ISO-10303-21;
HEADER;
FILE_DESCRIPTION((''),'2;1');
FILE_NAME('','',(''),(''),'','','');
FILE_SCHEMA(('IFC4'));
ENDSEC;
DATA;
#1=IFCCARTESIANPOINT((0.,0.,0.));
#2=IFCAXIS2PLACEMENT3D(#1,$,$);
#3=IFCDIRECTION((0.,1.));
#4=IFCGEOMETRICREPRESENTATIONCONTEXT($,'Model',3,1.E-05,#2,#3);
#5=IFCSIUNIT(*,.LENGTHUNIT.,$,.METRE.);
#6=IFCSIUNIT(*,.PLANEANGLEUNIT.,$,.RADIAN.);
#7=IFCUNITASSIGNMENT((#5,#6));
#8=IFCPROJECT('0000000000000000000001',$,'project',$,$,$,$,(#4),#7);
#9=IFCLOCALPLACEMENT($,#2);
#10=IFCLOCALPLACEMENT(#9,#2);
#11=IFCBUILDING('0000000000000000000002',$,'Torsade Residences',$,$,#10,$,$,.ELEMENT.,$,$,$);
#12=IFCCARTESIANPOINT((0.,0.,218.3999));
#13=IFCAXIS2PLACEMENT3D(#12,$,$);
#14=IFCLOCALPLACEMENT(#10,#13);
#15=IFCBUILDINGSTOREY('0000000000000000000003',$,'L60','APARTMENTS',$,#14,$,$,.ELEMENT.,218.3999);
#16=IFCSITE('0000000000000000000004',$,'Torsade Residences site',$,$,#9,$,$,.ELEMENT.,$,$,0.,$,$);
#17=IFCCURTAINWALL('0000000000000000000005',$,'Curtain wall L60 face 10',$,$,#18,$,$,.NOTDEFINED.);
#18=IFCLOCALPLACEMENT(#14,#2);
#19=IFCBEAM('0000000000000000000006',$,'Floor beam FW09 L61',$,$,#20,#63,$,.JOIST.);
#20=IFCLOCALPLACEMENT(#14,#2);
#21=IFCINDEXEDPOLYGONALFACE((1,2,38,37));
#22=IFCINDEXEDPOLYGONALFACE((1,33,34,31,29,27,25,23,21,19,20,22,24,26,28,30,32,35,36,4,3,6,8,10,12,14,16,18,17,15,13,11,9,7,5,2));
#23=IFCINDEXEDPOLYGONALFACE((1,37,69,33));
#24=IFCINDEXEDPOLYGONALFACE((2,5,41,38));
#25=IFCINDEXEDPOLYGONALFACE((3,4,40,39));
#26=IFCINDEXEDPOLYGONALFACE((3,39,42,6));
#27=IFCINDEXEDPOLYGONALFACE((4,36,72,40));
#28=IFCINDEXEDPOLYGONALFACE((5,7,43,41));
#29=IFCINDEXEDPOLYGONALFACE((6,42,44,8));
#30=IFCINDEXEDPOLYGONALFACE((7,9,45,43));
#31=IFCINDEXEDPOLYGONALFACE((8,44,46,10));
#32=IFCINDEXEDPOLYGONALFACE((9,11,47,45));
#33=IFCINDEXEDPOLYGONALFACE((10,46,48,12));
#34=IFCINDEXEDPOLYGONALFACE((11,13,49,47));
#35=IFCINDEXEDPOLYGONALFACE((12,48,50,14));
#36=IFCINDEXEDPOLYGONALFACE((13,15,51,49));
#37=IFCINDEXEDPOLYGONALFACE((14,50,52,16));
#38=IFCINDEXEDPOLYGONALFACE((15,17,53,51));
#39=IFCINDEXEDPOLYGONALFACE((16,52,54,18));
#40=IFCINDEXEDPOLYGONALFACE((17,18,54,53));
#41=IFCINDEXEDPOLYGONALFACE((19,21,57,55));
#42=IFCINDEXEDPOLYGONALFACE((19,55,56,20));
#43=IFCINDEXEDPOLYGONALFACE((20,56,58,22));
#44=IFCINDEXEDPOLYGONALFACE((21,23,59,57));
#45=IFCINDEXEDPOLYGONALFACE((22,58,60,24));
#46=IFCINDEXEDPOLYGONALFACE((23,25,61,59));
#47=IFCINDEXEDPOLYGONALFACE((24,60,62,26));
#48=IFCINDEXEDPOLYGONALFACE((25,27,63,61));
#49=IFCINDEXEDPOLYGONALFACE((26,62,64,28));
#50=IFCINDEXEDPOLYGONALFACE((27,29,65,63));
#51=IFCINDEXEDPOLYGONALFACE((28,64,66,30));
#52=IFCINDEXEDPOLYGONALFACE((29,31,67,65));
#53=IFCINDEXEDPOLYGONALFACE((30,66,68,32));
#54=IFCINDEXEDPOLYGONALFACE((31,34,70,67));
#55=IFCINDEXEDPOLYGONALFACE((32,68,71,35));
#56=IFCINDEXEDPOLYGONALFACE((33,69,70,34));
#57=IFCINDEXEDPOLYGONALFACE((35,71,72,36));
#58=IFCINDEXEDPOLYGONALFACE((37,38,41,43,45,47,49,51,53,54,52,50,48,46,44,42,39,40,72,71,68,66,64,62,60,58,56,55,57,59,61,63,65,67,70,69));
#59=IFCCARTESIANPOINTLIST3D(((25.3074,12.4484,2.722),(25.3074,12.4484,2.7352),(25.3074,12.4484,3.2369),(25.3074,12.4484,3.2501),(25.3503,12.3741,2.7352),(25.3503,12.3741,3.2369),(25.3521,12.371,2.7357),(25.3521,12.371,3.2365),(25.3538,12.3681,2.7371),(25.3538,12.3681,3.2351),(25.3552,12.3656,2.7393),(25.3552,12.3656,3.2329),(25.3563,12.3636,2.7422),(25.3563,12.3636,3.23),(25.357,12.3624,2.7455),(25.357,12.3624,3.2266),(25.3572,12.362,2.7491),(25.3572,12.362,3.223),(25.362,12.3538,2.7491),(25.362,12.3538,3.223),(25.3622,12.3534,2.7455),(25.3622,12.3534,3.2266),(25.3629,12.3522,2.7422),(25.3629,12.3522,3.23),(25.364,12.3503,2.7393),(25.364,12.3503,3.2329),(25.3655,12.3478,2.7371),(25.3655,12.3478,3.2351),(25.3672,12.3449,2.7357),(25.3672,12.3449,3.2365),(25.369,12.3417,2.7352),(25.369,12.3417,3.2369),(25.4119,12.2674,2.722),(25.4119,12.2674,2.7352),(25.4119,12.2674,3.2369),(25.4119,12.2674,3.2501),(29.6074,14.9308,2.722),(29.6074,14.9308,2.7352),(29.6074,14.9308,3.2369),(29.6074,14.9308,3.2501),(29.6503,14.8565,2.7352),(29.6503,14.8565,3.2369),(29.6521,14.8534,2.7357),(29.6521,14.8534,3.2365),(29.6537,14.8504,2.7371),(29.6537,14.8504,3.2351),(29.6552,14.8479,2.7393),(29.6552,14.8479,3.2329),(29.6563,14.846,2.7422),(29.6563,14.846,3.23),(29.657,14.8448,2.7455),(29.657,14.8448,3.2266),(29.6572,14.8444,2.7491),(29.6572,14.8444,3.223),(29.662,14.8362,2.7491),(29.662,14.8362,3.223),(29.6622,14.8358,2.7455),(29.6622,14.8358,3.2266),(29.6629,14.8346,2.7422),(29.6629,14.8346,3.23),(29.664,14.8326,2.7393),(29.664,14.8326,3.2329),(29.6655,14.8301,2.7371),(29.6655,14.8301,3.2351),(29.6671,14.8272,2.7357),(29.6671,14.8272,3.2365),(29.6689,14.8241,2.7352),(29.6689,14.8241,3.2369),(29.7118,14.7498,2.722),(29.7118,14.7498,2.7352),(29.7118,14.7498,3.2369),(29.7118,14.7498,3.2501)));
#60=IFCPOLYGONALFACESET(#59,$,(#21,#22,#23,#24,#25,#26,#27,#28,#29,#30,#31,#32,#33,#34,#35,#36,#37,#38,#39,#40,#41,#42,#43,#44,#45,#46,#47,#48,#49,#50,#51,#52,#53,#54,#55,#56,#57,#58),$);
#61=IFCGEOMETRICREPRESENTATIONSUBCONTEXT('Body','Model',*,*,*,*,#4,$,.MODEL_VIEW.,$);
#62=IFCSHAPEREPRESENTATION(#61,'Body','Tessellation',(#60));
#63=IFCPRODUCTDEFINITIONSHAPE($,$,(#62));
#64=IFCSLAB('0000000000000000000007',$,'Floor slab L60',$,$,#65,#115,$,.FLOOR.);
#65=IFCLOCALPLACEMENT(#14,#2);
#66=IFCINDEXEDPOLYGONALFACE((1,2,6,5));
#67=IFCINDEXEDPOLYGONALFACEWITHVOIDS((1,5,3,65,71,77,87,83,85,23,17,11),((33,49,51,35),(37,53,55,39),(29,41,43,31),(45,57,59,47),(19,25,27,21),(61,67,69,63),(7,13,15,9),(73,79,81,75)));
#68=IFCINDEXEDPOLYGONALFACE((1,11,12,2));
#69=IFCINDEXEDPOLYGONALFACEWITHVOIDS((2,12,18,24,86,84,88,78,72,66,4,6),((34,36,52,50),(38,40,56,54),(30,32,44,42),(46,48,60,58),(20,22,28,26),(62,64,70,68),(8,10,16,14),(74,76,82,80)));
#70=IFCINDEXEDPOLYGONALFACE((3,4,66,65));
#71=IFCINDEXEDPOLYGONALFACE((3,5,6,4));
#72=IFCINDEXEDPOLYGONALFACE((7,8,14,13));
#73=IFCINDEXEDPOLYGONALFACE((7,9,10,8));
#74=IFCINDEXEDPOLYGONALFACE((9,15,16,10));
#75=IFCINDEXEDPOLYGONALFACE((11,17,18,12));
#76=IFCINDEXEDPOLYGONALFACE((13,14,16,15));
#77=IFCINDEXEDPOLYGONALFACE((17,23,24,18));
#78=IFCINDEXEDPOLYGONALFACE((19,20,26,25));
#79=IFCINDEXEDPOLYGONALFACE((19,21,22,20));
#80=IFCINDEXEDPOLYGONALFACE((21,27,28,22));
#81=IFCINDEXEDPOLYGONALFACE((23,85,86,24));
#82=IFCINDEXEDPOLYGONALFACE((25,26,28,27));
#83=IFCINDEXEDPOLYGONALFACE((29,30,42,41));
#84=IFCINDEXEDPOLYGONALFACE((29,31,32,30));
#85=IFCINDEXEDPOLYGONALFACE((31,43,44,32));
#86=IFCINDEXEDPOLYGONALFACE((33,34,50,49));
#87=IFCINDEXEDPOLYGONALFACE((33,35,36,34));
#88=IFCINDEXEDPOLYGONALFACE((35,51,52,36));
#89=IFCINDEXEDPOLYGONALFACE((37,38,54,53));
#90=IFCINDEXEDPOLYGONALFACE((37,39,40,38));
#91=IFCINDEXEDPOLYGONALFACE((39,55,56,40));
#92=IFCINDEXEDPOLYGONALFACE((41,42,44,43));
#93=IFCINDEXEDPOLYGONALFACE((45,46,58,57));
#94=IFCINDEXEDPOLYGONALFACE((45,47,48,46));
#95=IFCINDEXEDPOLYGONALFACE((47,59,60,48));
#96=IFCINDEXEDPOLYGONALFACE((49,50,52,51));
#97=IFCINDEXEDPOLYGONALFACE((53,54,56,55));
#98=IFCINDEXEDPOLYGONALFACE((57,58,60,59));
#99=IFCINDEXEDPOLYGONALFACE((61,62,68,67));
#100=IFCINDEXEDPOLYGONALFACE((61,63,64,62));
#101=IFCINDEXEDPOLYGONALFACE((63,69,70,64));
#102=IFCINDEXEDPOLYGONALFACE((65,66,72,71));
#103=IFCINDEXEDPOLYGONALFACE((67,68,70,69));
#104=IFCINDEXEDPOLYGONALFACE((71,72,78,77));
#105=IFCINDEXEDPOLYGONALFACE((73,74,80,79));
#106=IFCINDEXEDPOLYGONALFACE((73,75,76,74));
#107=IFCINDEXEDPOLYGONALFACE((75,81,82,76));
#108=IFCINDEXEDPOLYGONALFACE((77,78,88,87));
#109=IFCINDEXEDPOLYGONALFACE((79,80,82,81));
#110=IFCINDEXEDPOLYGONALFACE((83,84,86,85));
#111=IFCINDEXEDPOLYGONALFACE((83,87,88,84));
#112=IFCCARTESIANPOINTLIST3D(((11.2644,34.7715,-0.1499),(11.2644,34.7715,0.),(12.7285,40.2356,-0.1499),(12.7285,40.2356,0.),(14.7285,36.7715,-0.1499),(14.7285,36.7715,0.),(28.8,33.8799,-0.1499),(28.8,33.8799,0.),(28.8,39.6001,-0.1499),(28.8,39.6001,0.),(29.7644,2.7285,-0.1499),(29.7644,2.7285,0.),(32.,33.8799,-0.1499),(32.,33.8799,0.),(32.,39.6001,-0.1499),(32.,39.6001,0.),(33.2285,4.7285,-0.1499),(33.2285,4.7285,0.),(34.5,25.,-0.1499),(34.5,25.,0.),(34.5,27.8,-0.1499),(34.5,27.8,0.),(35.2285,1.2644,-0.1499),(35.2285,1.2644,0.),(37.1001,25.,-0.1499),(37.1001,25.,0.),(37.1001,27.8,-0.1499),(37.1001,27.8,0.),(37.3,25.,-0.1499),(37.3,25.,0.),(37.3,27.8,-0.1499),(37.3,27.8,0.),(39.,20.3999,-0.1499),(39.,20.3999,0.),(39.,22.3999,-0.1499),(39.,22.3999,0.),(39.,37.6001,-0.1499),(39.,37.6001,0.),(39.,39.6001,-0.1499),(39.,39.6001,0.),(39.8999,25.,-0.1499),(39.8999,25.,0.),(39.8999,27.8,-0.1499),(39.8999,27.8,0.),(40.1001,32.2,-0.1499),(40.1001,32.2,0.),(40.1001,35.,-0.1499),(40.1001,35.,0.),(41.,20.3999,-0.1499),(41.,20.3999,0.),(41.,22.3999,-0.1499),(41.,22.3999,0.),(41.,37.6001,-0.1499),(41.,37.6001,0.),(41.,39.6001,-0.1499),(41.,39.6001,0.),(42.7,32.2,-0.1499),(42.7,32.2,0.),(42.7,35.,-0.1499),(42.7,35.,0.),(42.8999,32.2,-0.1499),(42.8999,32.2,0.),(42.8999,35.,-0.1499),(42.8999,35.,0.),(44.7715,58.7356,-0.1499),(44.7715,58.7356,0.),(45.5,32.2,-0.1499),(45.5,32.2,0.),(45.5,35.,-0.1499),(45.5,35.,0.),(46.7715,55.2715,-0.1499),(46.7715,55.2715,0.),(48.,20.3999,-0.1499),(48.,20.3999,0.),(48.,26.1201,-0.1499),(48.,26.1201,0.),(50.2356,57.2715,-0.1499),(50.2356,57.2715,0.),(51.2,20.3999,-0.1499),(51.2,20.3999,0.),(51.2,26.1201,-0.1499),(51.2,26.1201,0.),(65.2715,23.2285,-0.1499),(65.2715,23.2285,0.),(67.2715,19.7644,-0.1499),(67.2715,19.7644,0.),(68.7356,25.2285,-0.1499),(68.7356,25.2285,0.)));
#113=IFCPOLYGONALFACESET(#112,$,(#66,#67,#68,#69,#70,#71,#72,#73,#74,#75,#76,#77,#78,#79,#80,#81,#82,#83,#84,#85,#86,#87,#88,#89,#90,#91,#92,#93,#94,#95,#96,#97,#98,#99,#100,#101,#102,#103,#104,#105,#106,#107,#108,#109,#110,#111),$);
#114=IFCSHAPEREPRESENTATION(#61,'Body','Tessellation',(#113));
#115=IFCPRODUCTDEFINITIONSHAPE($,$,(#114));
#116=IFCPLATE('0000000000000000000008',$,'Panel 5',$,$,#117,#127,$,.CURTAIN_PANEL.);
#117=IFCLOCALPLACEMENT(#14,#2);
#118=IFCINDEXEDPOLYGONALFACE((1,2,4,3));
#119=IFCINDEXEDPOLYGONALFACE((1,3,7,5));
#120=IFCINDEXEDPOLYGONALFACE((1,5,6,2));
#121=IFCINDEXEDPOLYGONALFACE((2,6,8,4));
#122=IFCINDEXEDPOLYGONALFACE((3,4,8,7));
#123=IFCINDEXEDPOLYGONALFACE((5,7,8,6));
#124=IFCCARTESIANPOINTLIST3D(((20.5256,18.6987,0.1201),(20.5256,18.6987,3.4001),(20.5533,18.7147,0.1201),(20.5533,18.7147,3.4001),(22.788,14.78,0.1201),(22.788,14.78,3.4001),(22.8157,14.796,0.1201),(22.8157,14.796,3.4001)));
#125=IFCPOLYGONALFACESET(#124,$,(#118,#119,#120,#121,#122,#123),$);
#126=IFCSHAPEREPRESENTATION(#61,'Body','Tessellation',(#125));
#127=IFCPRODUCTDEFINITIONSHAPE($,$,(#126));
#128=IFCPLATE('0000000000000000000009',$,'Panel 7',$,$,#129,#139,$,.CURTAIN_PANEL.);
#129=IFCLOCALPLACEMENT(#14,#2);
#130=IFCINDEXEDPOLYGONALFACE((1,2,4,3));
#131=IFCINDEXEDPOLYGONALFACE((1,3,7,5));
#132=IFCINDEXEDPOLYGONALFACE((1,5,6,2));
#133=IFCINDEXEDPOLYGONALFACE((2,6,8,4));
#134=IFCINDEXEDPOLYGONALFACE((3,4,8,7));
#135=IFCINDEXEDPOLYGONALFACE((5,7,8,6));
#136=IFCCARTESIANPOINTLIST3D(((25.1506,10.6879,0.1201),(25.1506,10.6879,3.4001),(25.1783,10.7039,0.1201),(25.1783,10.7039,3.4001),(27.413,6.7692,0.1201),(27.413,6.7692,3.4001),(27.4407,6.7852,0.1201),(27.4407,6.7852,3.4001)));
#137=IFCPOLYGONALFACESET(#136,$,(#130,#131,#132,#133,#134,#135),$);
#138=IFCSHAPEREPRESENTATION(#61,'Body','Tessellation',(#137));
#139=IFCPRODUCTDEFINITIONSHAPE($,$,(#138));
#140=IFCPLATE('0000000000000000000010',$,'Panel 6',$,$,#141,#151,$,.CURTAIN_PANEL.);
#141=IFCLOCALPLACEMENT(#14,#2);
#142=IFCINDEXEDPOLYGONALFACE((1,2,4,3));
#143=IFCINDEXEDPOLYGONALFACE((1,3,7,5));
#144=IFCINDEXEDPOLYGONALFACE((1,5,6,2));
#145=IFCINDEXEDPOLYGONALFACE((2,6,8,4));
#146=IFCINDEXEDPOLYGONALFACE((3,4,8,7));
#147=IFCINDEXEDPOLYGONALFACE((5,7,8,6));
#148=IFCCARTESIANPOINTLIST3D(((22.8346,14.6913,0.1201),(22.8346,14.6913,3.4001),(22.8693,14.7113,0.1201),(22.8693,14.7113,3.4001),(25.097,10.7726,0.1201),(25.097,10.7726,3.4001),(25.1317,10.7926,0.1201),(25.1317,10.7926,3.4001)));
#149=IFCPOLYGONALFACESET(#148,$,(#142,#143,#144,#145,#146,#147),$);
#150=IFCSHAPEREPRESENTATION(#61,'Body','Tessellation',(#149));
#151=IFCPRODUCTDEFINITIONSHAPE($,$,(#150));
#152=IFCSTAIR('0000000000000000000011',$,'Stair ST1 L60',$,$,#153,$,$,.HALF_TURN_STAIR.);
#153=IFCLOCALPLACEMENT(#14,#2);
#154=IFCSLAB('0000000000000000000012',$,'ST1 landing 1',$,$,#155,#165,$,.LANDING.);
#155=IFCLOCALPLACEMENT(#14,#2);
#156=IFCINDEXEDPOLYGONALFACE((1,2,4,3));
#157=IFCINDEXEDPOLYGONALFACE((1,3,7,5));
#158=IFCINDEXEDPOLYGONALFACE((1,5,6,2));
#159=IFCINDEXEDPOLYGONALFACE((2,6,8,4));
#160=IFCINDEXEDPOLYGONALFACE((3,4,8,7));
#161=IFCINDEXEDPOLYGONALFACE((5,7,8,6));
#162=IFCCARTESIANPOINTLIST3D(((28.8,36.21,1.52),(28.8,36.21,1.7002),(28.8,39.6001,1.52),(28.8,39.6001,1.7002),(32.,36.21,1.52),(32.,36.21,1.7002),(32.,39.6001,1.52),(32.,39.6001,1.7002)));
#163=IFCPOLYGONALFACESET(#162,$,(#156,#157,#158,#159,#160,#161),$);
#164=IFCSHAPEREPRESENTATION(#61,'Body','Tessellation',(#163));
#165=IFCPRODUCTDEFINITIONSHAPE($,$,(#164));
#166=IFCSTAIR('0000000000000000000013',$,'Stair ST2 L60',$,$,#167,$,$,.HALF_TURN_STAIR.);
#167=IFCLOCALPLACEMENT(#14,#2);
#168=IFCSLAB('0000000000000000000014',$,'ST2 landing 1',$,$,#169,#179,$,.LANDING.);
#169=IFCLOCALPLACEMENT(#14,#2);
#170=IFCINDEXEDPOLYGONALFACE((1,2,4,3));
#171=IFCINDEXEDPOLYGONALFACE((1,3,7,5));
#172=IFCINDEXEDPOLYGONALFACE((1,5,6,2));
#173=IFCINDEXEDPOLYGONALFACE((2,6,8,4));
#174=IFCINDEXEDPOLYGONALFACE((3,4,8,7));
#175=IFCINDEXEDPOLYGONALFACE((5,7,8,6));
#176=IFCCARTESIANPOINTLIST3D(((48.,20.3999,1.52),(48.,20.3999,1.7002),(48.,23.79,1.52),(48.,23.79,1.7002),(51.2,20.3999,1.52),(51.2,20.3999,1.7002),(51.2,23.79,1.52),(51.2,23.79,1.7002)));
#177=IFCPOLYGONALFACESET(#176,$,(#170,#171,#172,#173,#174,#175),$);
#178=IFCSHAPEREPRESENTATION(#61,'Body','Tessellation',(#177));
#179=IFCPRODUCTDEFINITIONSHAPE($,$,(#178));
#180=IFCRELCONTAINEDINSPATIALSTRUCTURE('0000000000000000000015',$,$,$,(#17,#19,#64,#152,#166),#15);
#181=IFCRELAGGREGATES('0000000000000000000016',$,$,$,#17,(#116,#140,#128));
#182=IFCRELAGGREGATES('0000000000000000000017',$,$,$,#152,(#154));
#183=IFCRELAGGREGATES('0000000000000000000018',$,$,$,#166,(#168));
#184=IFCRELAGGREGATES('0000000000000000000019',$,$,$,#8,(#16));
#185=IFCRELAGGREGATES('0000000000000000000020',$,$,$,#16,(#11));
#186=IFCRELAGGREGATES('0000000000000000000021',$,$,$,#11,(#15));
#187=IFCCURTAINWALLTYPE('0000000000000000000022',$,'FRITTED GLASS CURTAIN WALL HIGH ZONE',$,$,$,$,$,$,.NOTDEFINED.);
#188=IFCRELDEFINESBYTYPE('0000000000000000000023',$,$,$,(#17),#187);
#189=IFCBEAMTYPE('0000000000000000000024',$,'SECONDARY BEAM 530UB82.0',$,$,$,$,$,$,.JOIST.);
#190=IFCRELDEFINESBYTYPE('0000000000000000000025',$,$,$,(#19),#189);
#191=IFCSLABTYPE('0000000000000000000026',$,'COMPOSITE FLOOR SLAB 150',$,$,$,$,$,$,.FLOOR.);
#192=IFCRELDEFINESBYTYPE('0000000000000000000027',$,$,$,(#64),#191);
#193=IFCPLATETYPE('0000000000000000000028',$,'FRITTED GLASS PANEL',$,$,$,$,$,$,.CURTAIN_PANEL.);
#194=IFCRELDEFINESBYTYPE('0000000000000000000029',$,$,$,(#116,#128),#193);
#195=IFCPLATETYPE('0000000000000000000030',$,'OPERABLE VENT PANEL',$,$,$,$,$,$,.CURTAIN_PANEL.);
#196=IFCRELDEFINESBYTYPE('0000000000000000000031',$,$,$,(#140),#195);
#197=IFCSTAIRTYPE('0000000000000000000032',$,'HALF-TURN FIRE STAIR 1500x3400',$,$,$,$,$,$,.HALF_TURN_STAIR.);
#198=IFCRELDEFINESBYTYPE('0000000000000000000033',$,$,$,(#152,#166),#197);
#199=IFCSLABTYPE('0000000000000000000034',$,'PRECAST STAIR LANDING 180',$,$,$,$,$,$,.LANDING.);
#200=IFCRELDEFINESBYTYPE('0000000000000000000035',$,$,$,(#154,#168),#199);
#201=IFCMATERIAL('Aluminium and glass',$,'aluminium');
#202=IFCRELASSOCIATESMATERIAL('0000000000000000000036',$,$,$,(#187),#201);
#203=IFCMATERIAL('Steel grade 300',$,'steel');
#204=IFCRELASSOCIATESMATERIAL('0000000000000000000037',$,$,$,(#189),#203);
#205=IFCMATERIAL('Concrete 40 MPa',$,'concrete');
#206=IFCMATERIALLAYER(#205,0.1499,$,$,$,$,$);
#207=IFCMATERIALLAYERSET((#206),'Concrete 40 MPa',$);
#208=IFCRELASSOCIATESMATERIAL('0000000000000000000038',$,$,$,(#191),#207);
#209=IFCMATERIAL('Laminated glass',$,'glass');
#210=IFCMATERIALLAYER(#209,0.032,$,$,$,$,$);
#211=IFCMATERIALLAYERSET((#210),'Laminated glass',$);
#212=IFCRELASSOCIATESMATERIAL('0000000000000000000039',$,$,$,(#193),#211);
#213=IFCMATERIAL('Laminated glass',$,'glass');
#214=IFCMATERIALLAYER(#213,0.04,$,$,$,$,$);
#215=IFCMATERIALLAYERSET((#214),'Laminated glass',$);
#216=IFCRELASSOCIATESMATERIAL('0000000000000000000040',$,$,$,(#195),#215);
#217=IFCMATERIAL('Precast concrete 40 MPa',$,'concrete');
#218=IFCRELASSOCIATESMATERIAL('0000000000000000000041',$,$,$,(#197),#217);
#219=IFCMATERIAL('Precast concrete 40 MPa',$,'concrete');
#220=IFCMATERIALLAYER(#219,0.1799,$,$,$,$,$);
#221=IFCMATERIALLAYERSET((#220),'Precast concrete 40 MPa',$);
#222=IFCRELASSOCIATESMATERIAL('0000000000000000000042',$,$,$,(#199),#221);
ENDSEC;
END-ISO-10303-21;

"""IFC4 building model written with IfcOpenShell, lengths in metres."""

from ifc_helpers import new_model, si_unit, direction, frame, origin, origin_2d, place, context, subcontext, project, spatial, polyline, rectangle, i_section, outline, extrude, material, layer, layer_set, material_profile, profile_set, type_object, element, aggregate, save


model = new_model("IFC4")

# Units and contexts
model_context = context("Model", 3, precision=1e-05, world=origin(), true_north=direction((0.0, 1.0)))
body_context = subcontext(model_context, "Body", "Model", "MODEL_VIEW")
ifc_project = project(units=[si_unit("LENGTHUNIT", "METRE"), si_unit("PLANEANGLEUNIT", "RADIAN")], contexts=[model_context])

# Site, building, storey
site_placement = place(None, origin())
site = spatial("IfcSite", under=ifc_project, at=site_placement, Name="Torsade Residences site", CompositionType="ELEMENT", RefElevation=0.0)
building_placement = place(site_placement, origin())
building = spatial("IfcBuilding", under=site, at=building_placement, Name="Torsade Residences", CompositionType="ELEMENT")
storey_placement = place(building_placement, frame((0.0, 0.0, 218.3999)))
storey = spatial("IfcBuildingStorey", under=building, at=storey_placement, Name="L60", Description="APARTMENTS", CompositionType="ELEMENT", Elevation=218.3999)

# Curtain wall
ifc_material_1 = material(Name="Aluminium and glass", Category="aluminium")
curtain_wall_type = type_object("IfcCurtainWallType", Name="FRITTED GLASS CURTAIN WALL HIGH ZONE", PredefinedType="NOTDEFINED", material=ifc_material_1)
curtain_wall_placement = place(storey_placement, origin())
curtain_wall = element("IfcCurtainWall", 1, at=curtain_wall_placement, inside=storey, type_object=curtain_wall_type, Name="Curtain wall L60 face 10", PredefinedType="NOTDEFINED")

# Beam
ifc_material_2 = material(Name="Steel grade 300", Category="steel")
ifc_material_profile_1 = material_profile(ifc_material_2, i_section(OverallWidth=0.209, OverallDepth=0.5281, WebThickness=0.0095, FlangeThickness=0.0132, FilletRadius=0.0139, at=origin_2d()), Name="530UB82.0")
ifc_profile_set_1 = profile_set([ifc_material_profile_1], Name="Steel grade 300")
beam_type_1 = type_object("IfcBeamType", Name="SECONDARY BEAM 530UB82.0", PredefinedType="JOIST", material=ifc_profile_set_1)
beam_1_placement = place(storey_placement, frame((25.3596, 12.3579, 2.9861), z_axis=(0.866044, 0.499968, 0.0), x_axis=(-0.499968, 0.866044, 0.0)))
element("IfcBeam", 2, at=beam_1_placement, inside=storey, type_object=beam_type_1, Name="Floor beam FW09 L61", PredefinedType="JOIST", context=body_context, shape_type="SweptSolid", body=[
    extrude(i_section(OverallWidth=0.209, OverallDepth=0.5281, WebThickness=0.0095, FlangeThickness=0.0132, FilletRadius=0.0139, at=origin_2d()), origin(), (0.0, 0.0, 1.0), 4.9651),
])

# Slab
ifc_material_3 = material(Name="Concrete 40 MPa", Category="concrete")
ifc_layer_1 = layer(ifc_material_3, 0.1499)
ifc_layer_set_1 = layer_set([ifc_layer_1], Name="Concrete 40 MPa")
slab_type_1 = type_object("IfcSlabType", Name="COMPOSITE FLOOR SLAB 150", PredefinedType="FLOOR", material=ifc_layer_set_1)
slab_1_placement = place(storey_placement, frame((0.0, 0.0, -0.1499)))
element("IfcSlab", 3, at=slab_1_placement, inside=storey, type_object=slab_type_1, Name="Floor slab L60", PredefinedType="FLOOR", context=body_context, shape_type="SweptSolid", body=[
    extrude(outline(polyline([(35.2285, 1.2644), (67.2715, 19.7644), (65.2715, 23.2285), (68.7356, 25.2285), (50.2356, 57.2715), (46.7715, 55.2715), (44.7715, 58.7356), (12.7285, 40.2356), (14.7285, 36.7715), (11.2644, 34.7715), (29.7644, 2.7285), (33.2285, 4.7285), (35.2285, 1.2644)]), holes=[polyline([(51.2, 26.1201), (48.0, 26.1201), (48.0, 20.3999), (51.2, 20.3999), (51.2, 26.1201)]), polyline([(45.5, 35.0), (42.8999, 35.0), (42.8999, 32.2), (45.5, 32.2), (45.5, 35.0)]), polyline([(42.7, 35.0), (40.1001, 35.0), (40.1001, 32.2), (42.7, 32.2), (42.7, 35.0)]), polyline([(41.0, 22.3999), (39.0, 22.3999), (39.0, 20.3999), (41.0, 20.3999), (41.0, 22.3999)]), polyline([(41.0, 39.6001), (39.0, 39.6001), (39.0, 37.6001), (41.0, 37.6001), (41.0, 39.6001)]), polyline([(39.8999, 27.8), (37.3, 27.8), (37.3, 25.0), (39.8999, 25.0), (39.8999, 27.8)]), polyline([(37.1001, 27.8), (34.5, 27.8), (34.5, 25.0), (37.1001, 25.0), (37.1001, 27.8)]), polyline([(32.0, 39.6001), (28.8, 39.6001), (28.8, 33.8799), (32.0, 33.8799), (32.0, 39.6001)])]), origin(), (0.0, 0.0, 1.0), 0.1499),
])

# Plates
ifc_material_4 = material(Name="Laminated glass", Category="glass")
ifc_layer_2 = layer(ifc_material_4, 0.032)
ifc_layer_set_2 = layer_set([ifc_layer_2], Name="Laminated glass")
plate_type_1 = type_object("IfcPlateType", Name="FRITTED GLASS PANEL", PredefinedType="CURTAIN_PANEL", material=ifc_layer_set_2)
plate_1_placement = place(storey_placement, frame((21.6707, 16.7473, 0.1201), z_axis=(0.0, 0.0, 1.0), x_axis=(0.5, -0.866025, 0.0)))
plate_1 = element("IfcPlate", 4, at=plate_1_placement, type_object=plate_type_1, Name="Panel 5", PredefinedType="CURTAIN_PANEL", context=body_context, shape_type="SweptSolid", body=[
    extrude(rectangle(XDim=4.5249, YDim=0.032, at=origin_2d()), origin(), (0.0, 0.0, 1.0), 3.28),
])
plate_2_placement = place(storey_placement, frame((26.2957, 8.7366, 0.1201), z_axis=(0.0, 0.0, 1.0), x_axis=(0.5, -0.866025, 0.0)))
plate_2 = element("IfcPlate", 5, at=plate_2_placement, type_object=plate_type_1, Name="Panel 7", PredefinedType="CURTAIN_PANEL", context=body_context, shape_type="SweptSolid", body=[
    extrude(rectangle(XDim=4.5249, YDim=0.032, at=origin_2d()), origin(), (0.0, 0.0, 1.0), 3.28),
])
ifc_material_5 = material(Name="Laminated glass", Category="glass")
ifc_layer_3 = layer(ifc_material_5, 0.04)
ifc_layer_set_3 = layer_set([ifc_layer_3], Name="Laminated glass")
plate_type_2 = type_object("IfcPlateType", Name="OPERABLE VENT PANEL", PredefinedType="CURTAIN_PANEL", material=ifc_layer_set_3)
plate_3_placement = place(storey_placement, frame((23.9832, 12.7419, 0.1201), z_axis=(0.0, 0.0, 1.0), x_axis=(0.5, -0.866025, 0.0)))
plate_3 = element("IfcPlate", 6, at=plate_3_placement, type_object=plate_type_2, Name="Panel 6", PredefinedType="CURTAIN_PANEL", context=body_context, shape_type="SweptSolid", body=[
    extrude(rectangle(XDim=4.5249, YDim=0.04, at=origin_2d()), origin(), (0.0, 0.0, 1.0), 3.28),
])
aggregate(curtain_wall, [plate_1, plate_3, plate_2])

# Stairs, slabs
ifc_material_6 = material(Name="Precast concrete 40 MPa", Category="concrete")
stair_type = type_object("IfcStairType", Name="HALF-TURN FIRE STAIR 1500x3400", PredefinedType="HALF_TURN_STAIR", material=ifc_material_6)
stair_1_placement = place(storey_placement, origin())
stair_1 = element("IfcStair", 7, at=stair_1_placement, inside=storey, type_object=stair_type, Name="Stair ST1 L60", PredefinedType="HALF_TURN_STAIR")
ifc_material_7 = material(Name="Precast concrete 40 MPa", Category="concrete")
ifc_layer_4 = layer(ifc_material_7, 0.1799)
ifc_layer_set_4 = layer_set([ifc_layer_4], Name="Precast concrete 40 MPa")
slab_type_2 = type_object("IfcSlabType", Name="PRECAST STAIR LANDING 180", PredefinedType="LANDING", material=ifc_layer_set_4)
slab_2_placement = place(storey_placement, frame((0.0, 0.0, 1.52)))
slab_2 = element("IfcSlab", 8, at=slab_2_placement, type_object=slab_type_2, Name="ST1 landing 1", PredefinedType="LANDING", context=body_context, shape_type="SweptSolid", body=[
    extrude(outline(polyline([(28.8, 36.21), (32.0, 36.21), (32.0, 39.6001), (28.8, 39.6001), (28.8, 36.21)])), origin(), (0.0, 0.0, 1.0), 0.1802),
])
aggregate(stair_1, [slab_2])
stair_2_placement = place(storey_placement, origin())
stair_2 = element("IfcStair", 9, at=stair_2_placement, inside=storey, type_object=stair_type, Name="Stair ST2 L60", PredefinedType="HALF_TURN_STAIR")
slab_3_placement = place(storey_placement, frame((0.0, 0.0, 1.52)))
slab_3 = element("IfcSlab", 10, at=slab_3_placement, type_object=slab_type_2, Name="ST2 landing 1", PredefinedType="LANDING", context=body_context, shape_type="SweptSolid", body=[
    extrude(outline(polyline([(48.0, 20.3999), (51.2, 20.3999), (51.2, 23.79), (48.0, 23.79), (48.0, 20.3999)])), origin(), (0.0, 0.0, 1.0), 0.1802),
])
aggregate(stair_2, [slab_3])

save(model, "model.ifc")
